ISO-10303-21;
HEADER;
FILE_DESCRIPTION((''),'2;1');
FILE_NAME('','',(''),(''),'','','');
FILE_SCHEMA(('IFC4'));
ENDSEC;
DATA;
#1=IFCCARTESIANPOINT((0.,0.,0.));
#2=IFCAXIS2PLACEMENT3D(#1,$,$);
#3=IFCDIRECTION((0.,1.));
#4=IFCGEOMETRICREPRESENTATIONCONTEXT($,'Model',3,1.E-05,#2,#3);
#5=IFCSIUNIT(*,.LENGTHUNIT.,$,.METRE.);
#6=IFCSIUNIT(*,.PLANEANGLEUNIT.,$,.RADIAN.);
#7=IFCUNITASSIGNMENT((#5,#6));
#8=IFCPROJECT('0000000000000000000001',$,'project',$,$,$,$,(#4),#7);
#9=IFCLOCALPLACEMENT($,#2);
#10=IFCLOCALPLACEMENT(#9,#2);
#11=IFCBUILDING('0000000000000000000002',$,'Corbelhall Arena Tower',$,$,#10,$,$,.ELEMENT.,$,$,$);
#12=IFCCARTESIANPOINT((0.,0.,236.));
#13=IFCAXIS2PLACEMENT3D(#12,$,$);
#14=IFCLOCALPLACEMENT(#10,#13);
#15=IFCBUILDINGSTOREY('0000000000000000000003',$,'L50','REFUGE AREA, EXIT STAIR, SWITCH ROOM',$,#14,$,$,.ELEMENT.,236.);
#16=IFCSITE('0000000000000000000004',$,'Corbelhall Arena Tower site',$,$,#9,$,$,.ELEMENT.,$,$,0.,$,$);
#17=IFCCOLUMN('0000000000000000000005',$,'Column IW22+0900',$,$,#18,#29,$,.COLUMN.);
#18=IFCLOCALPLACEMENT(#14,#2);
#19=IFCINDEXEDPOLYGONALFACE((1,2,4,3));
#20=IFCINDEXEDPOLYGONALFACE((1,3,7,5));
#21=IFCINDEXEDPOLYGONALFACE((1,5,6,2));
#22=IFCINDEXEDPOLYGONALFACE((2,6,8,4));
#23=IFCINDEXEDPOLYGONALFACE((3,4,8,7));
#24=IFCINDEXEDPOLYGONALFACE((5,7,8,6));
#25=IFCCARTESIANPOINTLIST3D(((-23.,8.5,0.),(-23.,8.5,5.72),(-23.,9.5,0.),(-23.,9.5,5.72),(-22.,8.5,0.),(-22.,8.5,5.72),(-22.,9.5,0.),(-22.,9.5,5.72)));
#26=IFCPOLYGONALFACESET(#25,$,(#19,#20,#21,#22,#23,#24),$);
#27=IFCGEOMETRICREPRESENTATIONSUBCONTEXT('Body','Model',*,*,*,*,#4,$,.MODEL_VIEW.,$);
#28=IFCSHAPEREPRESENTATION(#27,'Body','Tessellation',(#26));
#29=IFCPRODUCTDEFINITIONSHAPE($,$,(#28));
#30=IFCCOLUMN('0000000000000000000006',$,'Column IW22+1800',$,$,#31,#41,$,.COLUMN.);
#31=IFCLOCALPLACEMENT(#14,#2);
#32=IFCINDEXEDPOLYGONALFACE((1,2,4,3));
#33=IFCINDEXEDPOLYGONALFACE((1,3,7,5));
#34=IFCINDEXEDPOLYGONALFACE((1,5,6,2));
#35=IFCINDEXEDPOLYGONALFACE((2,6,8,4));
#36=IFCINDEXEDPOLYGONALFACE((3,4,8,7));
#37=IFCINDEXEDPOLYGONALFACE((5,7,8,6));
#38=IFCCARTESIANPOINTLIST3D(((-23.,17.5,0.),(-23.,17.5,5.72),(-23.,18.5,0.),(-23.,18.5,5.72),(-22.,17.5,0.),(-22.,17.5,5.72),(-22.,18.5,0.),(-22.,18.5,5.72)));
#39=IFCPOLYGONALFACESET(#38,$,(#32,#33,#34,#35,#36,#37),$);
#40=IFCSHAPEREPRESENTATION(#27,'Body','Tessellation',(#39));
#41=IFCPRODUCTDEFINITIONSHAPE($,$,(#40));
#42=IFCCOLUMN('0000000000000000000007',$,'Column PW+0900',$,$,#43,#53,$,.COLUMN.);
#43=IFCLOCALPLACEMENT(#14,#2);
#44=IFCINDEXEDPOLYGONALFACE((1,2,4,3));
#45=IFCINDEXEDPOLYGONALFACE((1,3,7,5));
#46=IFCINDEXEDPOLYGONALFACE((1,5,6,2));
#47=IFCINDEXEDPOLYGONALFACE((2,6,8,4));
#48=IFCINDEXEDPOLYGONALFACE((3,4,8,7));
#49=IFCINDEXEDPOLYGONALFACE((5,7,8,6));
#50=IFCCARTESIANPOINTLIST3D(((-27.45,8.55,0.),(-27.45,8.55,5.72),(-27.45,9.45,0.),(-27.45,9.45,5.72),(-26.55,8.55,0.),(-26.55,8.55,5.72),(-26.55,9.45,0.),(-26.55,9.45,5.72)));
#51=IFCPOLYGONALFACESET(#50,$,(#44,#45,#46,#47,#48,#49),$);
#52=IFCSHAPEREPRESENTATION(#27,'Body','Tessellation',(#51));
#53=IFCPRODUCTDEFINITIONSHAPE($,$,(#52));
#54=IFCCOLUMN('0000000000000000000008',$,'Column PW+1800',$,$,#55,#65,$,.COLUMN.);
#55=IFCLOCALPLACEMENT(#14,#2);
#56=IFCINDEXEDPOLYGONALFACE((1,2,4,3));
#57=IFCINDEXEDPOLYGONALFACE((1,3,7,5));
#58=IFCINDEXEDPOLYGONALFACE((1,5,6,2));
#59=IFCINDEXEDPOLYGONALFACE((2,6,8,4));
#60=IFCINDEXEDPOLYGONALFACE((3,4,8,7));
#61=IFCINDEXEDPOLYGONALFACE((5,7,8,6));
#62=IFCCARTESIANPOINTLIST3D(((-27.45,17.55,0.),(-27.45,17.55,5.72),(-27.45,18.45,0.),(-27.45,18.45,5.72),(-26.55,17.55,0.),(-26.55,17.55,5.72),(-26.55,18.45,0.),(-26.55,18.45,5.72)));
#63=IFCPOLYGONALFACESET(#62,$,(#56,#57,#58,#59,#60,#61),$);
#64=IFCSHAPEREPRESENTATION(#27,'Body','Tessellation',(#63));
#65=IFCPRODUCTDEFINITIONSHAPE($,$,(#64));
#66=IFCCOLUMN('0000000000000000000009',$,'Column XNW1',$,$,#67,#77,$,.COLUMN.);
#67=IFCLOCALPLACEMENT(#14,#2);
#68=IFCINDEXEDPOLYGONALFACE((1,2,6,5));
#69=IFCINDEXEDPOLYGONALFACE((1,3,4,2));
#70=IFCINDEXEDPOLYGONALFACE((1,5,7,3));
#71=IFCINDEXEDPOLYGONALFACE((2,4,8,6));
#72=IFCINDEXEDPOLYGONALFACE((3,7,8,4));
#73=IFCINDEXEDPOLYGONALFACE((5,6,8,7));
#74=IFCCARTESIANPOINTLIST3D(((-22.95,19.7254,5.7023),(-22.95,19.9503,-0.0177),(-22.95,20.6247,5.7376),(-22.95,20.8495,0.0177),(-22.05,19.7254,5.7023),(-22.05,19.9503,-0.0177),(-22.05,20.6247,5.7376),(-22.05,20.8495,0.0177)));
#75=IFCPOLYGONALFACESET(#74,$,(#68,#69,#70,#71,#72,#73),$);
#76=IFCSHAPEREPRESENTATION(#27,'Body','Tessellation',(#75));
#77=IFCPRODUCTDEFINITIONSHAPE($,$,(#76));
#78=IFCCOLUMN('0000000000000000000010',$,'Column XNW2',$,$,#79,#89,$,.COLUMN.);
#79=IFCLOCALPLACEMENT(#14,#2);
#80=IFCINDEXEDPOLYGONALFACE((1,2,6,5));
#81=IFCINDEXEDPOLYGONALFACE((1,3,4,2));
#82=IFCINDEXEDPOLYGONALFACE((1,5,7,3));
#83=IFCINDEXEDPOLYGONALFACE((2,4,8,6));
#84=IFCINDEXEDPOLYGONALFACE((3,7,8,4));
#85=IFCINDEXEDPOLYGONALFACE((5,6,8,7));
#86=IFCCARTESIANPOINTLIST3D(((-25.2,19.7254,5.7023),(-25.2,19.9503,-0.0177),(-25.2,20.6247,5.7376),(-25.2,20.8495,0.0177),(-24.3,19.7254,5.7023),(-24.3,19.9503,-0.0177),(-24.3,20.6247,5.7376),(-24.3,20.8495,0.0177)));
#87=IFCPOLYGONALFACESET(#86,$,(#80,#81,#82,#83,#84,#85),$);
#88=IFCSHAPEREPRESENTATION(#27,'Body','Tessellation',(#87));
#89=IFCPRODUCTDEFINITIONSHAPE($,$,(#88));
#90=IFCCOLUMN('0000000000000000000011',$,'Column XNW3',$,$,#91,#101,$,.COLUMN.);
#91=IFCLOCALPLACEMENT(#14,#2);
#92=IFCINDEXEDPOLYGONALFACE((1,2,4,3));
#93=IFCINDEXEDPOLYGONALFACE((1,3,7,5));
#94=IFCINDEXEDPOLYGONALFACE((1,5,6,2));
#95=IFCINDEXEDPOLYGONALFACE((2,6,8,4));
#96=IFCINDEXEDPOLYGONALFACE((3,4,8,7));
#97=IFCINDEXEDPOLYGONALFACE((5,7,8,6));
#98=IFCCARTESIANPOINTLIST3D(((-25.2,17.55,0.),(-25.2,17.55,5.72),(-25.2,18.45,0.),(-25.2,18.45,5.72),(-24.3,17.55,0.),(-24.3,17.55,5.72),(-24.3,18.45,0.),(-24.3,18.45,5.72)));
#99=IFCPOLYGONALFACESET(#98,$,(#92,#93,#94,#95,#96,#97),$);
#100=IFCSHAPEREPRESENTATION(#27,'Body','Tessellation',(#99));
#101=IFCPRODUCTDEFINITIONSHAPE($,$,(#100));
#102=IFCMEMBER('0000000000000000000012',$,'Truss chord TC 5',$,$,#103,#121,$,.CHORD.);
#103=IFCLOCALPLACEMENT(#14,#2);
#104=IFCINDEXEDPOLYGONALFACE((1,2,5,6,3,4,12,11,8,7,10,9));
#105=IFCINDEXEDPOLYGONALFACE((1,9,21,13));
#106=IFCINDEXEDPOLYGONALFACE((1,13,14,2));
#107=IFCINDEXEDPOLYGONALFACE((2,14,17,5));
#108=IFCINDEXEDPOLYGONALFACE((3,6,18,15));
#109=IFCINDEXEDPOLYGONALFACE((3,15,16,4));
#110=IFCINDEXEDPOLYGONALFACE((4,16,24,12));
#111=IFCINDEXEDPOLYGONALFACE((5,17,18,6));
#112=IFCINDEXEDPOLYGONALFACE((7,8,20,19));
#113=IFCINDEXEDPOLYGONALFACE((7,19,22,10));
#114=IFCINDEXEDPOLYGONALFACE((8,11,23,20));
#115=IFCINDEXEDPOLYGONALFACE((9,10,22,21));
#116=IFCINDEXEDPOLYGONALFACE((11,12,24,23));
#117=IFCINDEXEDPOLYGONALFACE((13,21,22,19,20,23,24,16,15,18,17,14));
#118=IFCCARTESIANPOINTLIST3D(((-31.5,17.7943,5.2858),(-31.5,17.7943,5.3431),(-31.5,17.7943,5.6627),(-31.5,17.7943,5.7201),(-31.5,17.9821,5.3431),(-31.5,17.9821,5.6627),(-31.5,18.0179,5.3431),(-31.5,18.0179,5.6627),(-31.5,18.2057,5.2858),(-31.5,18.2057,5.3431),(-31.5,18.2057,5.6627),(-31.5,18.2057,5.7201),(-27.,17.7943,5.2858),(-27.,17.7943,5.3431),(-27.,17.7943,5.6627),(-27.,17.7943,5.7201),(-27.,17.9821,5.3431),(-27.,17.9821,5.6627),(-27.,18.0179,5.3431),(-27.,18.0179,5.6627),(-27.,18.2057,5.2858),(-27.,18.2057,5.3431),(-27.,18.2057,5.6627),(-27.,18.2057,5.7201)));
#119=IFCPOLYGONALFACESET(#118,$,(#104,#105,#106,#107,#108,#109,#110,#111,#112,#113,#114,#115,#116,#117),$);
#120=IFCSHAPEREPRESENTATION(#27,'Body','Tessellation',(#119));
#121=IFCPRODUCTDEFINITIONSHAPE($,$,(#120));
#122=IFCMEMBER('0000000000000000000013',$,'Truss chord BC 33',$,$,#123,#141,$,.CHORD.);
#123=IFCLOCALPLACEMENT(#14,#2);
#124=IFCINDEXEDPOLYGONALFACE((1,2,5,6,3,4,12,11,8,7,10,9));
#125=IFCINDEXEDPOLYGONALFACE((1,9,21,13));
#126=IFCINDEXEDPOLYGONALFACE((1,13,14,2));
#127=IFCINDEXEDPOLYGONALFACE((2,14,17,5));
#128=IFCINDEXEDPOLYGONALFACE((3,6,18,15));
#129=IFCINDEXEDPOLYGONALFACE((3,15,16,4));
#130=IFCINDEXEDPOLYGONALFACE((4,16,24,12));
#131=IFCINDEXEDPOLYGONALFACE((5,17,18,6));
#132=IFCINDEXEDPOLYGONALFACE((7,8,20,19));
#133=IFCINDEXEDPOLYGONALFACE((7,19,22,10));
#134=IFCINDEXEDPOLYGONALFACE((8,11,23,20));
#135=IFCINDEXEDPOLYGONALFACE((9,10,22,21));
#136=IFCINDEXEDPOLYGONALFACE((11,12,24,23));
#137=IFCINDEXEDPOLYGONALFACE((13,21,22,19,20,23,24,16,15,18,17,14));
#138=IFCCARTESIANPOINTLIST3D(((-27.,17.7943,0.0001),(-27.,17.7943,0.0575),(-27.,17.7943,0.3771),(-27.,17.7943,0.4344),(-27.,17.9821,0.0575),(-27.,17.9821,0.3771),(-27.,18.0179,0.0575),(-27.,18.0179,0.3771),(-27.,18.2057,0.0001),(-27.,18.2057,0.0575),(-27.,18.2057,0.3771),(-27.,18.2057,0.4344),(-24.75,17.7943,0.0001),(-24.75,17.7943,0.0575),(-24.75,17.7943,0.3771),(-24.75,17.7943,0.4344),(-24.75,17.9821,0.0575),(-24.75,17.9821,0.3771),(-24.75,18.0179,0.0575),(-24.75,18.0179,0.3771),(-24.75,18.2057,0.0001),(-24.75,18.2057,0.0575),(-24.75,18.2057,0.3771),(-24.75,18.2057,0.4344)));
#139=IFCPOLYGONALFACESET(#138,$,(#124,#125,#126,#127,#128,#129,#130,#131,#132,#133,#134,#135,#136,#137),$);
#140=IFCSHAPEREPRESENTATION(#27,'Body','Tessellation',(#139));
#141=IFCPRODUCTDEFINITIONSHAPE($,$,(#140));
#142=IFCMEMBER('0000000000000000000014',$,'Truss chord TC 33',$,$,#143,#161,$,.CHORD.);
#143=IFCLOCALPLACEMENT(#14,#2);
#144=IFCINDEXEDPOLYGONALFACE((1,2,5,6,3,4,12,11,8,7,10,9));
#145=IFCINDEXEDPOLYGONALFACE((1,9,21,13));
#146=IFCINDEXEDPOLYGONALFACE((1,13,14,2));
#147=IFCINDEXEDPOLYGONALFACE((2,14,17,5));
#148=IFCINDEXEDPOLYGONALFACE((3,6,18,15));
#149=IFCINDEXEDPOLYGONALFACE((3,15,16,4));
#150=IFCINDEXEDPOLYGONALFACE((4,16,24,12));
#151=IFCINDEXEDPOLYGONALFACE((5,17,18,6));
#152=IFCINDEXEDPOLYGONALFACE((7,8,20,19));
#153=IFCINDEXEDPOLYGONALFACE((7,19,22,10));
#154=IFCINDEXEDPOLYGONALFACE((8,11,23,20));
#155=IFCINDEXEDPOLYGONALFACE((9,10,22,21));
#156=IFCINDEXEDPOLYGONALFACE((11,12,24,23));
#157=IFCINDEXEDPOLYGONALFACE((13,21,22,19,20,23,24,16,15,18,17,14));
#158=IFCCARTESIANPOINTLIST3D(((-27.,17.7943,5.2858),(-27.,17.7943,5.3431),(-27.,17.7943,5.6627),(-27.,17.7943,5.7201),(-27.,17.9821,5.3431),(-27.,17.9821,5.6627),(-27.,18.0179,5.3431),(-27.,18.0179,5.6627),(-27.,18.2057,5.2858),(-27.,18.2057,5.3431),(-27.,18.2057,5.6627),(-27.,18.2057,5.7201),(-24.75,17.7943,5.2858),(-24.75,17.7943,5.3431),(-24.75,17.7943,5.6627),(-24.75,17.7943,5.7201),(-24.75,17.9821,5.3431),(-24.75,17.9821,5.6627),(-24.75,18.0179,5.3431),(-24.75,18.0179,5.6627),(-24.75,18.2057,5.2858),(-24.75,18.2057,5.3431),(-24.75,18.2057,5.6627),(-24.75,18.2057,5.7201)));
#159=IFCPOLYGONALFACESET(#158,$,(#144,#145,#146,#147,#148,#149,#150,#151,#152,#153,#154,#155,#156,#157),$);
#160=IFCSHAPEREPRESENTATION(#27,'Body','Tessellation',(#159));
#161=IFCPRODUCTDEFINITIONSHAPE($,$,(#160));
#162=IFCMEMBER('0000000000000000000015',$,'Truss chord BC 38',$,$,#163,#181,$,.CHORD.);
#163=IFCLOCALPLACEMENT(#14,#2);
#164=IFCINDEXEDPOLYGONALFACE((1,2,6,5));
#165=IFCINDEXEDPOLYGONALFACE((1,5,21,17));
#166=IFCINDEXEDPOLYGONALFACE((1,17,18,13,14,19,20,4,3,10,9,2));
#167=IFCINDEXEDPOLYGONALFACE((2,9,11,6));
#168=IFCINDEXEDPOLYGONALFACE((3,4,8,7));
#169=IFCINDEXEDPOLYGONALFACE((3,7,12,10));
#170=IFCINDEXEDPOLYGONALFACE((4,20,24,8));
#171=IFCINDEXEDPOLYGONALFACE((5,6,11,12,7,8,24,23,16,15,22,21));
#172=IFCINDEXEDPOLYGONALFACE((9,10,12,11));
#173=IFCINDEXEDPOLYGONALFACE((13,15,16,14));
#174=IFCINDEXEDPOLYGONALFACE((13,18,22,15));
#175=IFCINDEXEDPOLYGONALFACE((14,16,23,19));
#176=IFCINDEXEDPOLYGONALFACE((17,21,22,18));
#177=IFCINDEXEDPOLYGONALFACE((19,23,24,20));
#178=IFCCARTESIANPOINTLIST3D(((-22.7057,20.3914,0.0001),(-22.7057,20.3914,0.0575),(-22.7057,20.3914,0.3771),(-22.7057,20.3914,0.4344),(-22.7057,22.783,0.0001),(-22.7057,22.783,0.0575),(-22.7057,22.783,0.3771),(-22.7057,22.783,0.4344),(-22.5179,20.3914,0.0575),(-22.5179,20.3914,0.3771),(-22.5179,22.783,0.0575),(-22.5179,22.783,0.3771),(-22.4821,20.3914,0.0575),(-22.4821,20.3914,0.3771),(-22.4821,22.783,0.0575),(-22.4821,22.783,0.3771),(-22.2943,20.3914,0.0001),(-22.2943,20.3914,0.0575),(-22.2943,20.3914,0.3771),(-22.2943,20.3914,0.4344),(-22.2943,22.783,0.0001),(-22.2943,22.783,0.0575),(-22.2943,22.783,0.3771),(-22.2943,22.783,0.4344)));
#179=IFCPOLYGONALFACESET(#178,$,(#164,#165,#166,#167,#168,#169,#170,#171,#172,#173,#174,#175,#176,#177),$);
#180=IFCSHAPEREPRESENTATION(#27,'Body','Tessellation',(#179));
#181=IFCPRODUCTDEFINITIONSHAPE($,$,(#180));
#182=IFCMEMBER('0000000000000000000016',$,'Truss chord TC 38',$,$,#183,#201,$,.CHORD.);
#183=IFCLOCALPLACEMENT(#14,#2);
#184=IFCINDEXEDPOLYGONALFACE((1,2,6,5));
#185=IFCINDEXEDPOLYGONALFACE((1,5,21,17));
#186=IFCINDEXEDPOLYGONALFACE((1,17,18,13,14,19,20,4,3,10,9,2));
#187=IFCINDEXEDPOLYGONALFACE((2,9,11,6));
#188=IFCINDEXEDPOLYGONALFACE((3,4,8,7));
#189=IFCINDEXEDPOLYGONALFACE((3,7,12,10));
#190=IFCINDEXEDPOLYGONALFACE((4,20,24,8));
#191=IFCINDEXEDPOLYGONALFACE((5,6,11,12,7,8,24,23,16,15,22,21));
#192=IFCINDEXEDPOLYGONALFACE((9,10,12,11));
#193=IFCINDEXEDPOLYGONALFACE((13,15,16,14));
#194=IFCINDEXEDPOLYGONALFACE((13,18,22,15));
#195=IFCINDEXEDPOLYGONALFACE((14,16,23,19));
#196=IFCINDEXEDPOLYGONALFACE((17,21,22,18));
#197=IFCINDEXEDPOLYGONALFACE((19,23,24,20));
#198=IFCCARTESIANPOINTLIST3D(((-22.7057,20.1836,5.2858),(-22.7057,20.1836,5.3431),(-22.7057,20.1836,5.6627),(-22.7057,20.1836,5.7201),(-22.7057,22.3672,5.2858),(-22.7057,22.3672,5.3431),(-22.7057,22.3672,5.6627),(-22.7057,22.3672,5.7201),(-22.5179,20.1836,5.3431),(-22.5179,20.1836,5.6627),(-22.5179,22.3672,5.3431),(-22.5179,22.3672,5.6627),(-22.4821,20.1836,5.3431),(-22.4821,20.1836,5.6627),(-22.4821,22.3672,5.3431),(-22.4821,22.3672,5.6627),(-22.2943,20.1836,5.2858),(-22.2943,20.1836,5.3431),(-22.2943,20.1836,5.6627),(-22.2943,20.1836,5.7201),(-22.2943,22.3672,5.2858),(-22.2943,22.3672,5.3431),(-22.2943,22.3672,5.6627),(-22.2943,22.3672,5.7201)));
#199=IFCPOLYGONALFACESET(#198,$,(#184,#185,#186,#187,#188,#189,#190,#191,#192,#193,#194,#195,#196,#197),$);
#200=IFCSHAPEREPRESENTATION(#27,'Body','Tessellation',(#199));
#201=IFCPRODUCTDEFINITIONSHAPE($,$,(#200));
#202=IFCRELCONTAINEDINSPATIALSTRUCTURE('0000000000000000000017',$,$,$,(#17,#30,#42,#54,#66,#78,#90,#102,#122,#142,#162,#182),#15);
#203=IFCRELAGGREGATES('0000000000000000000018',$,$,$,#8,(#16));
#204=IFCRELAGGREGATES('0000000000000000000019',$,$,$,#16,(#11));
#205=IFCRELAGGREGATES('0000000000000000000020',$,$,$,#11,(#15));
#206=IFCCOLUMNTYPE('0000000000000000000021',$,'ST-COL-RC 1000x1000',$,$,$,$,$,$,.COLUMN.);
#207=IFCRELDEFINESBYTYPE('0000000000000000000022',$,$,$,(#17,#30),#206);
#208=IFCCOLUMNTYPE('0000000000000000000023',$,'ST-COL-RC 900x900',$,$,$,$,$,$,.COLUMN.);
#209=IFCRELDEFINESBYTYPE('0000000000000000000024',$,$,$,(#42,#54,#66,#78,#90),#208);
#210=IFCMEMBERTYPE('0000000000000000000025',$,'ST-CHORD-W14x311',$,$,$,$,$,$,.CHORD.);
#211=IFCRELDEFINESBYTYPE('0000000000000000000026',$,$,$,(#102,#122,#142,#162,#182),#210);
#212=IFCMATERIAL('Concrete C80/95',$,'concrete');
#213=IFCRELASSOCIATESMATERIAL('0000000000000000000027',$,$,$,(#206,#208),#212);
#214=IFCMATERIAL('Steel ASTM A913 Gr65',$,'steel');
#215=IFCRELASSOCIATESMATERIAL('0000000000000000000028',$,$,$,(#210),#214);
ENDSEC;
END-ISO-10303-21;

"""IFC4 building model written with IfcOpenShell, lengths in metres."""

from ifc_helpers import new_model, si_unit, direction, frame, origin, origin_2d, place, context, subcontext, project, spatial, rectangle, i_section, extrude, material, material_profile, profile_set, type_object, element, save


model = new_model("IFC4")

# Units and contexts
model_context = context("Model", 3, precision=1e-05, world=origin(), true_north=direction((0.0, 1.0)))
body_context = subcontext(model_context, "Body", "Model", "MODEL_VIEW")
ifc_project = project(units=[si_unit("LENGTHUNIT", "METRE"), si_unit("PLANEANGLEUNIT", "RADIAN")], contexts=[model_context])

# Site, building, storey
site_placement = place(None, origin())
site = spatial("IfcSite", under=ifc_project, at=site_placement, Name="Corbelhall Arena Tower site", CompositionType="ELEMENT", RefElevation=0.0)
building_placement = place(site_placement, origin())
building = spatial("IfcBuilding", under=site, at=building_placement, Name="Corbelhall Arena Tower", CompositionType="ELEMENT")
storey_placement = place(building_placement, frame((0.0, 0.0, 236.0)))
storey = spatial("IfcBuildingStorey", under=building, at=storey_placement, Name="L50", Description="REFUGE AREA, EXIT STAIR, SWITCH ROOM", CompositionType="ELEMENT", Elevation=236.0)

# Columns
ifc_material_1 = material(Name="Concrete C80/95", Category="concrete")
ifc_material_profile_1 = material_profile(ifc_material_1, rectangle(XDim=1.0, YDim=1.0, at=origin_2d()))
ifc_profile_set_1 = profile_set([ifc_material_profile_1], Name="Concrete C80/95")
column_type_1 = type_object("IfcColumnType", Name="ST-COL-RC 1000x1000", PredefinedType="COLUMN", material=ifc_profile_set_1)
for number, where, z_axis, x_axis, name in (
    (1, (-22.5, 9.0, 0.0), (0.0, 0.0, 1.0), (1.0, 0.0, 0.0), "Column IW22+0900"),
    (2, (-22.5, 18.0, 0.0), (0.0, 0.0, 1.0), (1.0, 0.0, 0.0), "Column IW22+1800"),
):
    element("IfcColumn", number, at=place(storey_placement, frame(where, z_axis=z_axis, x_axis=x_axis)), inside=storey, type_object=column_type_1, Name=name, PredefinedType="COLUMN", context=body_context, shape_type="SweptSolid", body=[
        extrude(rectangle(XDim=1.0, YDim=1.0, at=origin_2d()), origin(), (0.0, 0.0, 1.0), 5.72),
    ])
ifc_material_profile_2 = material_profile(ifc_material_1, rectangle(XDim=0.8999, YDim=0.8999, at=origin_2d()))
ifc_profile_set_2 = profile_set([ifc_material_profile_2], Name="Concrete C80/95")
column_type_2 = type_object("IfcColumnType", Name="ST-COL-RC 900x900", PredefinedType="COLUMN", material=ifc_profile_set_2)
for number, where, z_axis, x_axis, name in (
    (3, (-27.0, 9.0, 0.0), (0.0, 0.0, 1.0), (1.0, 0.0, 0.0), "Column PW+0900"),
    (4, (-27.0, 18.0, 0.0), (0.0, 0.0, 1.0), (1.0, 0.0, 0.0), "Column PW+1800"),
):
    element("IfcColumn", number, at=place(storey_placement, frame(where, z_axis=z_axis, x_axis=x_axis)), inside=storey, type_object=column_type_2, Name=name, PredefinedType="COLUMN", context=body_context, shape_type="SweptSolid", body=[
        extrude(rectangle(XDim=0.8999, YDim=0.8999, at=origin_2d()), origin(), (0.0, 0.0, 1.0), 5.72),
    ])
for number, where, z_axis, x_axis, name in (
    (5, (-22.5, 20.3999, 0.0), (0.0, -0.03928, 0.999228), (1.0, 0.0, 0.0), "Column XNW1"),
    (6, (-24.75, 20.3999, 0.0), (0.0, -0.03928, 0.999228), (1.0, 0.0, 0.0), "Column XNW2"),
):
    element("IfcColumn", number, at=place(storey_placement, frame(where, z_axis=z_axis, x_axis=x_axis)), inside=storey, type_object=column_type_2, Name=name, PredefinedType="COLUMN", context=body_context, shape_type="SweptSolid", body=[
        extrude(rectangle(XDim=0.8999, YDim=0.8999, at=origin_2d()), origin(), (0.0, 0.0, 1.0), 5.7244),
    ])
column_placement = place(storey_placement, frame((-24.75, 18.0, 0.0), z_axis=(0.0, 0.0, 1.0), x_axis=(1.0, 0.0, 0.0)))
element("IfcColumn", 7, at=column_placement, inside=storey, type_object=column_type_2, Name="Column XNW3", PredefinedType="COLUMN", context=body_context, shape_type="SweptSolid", body=[
    extrude(rectangle(XDim=0.8999, YDim=0.8999, at=origin_2d()), origin(), (0.0, 0.0, 1.0), 5.72),
])

# Members
ifc_material_2 = material(Name="Steel ASTM A913 Gr65", Category="steel")
ifc_material_profile_3 = material_profile(ifc_material_2, i_section(OverallWidth=0.4114, OverallDepth=0.4343, WebThickness=0.0359, FlangeThickness=0.0574, at=origin_2d()))
ifc_profile_set_3 = profile_set([ifc_material_profile_3], Name="Steel ASTM A913 Gr65")
member_type_1 = type_object("IfcMemberType", Name="ST-CHORD-W14x311", PredefinedType="CHORD", material=ifc_profile_set_3)
member_1_placement = place(storey_placement, frame((-31.5, 18.0, 5.5029), z_axis=(1.0, 0.0, 0.0), x_axis=(0.0, 1.0, 0.0)))
element("IfcMember", 8, at=member_1_placement, inside=storey, type_object=member_type_1, Name="Truss chord TC 5", PredefinedType="CHORD", context=body_context, shape_type="SweptSolid", body=[
    extrude(i_section(OverallWidth=0.4114, OverallDepth=0.4343, WebThickness=0.0359, FlangeThickness=0.0574, at=origin_2d()), origin(), (0.0, 0.0, 1.0), 4.5),
])
for number, where, z_axis, x_axis, name in (
    (9, (-27.0, 18.0, 0.2173), (1.0, 0.0, 0.0), (0.0, 1.0, 0.0), "Truss chord BC 33"),
    (10, (-27.0, 18.0, 5.5029), (1.0, 0.0, 0.0), (0.0, 1.0, 0.0), "Truss chord TC 33"),
):
    element("IfcMember", number, at=place(storey_placement, frame(where, z_axis=z_axis, x_axis=x_axis)), inside=storey, type_object=member_type_1, Name=name, PredefinedType="CHORD", context=body_context, shape_type="SweptSolid", body=[
        extrude(i_section(OverallWidth=0.4114, OverallDepth=0.4343, WebThickness=0.0359, FlangeThickness=0.0574, at=origin_2d()), origin(), (0.0, 0.0, 1.0), 2.25),
    ])
member_2_placement = place(storey_placement, frame((-22.5, 20.3914, 0.2173), z_axis=(0.0, 1.0, 0.0), x_axis=(-1.0, 0.0, 0.0)))
element("IfcMember", 11, at=member_2_placement, inside=storey, type_object=member_type_1, Name="Truss chord BC 38", PredefinedType="CHORD", context=body_context, shape_type="SweptSolid", body=[
    extrude(i_section(OverallWidth=0.4114, OverallDepth=0.4343, WebThickness=0.0359, FlangeThickness=0.0574, at=origin_2d()), origin(), (0.0, 0.0, 1.0), 2.3916),
])
member_3_placement = place(storey_placement, frame((-22.5, 20.1836, 5.5029), z_axis=(0.0, 1.0, 0.0), x_axis=(-1.0, 0.0, 0.0)))
element("IfcMember", 12, at=member_3_placement, inside=storey, type_object=member_type_1, Name="Truss chord TC 38", PredefinedType="CHORD", context=body_context, shape_type="SweptSolid", body=[
    extrude(i_section(OverallWidth=0.4114, OverallDepth=0.4343, WebThickness=0.0359, FlangeThickness=0.0574, at=origin_2d()), origin(), (0.0, 0.0, 1.0), 2.1836),
])

save(model, "model.ifc")
